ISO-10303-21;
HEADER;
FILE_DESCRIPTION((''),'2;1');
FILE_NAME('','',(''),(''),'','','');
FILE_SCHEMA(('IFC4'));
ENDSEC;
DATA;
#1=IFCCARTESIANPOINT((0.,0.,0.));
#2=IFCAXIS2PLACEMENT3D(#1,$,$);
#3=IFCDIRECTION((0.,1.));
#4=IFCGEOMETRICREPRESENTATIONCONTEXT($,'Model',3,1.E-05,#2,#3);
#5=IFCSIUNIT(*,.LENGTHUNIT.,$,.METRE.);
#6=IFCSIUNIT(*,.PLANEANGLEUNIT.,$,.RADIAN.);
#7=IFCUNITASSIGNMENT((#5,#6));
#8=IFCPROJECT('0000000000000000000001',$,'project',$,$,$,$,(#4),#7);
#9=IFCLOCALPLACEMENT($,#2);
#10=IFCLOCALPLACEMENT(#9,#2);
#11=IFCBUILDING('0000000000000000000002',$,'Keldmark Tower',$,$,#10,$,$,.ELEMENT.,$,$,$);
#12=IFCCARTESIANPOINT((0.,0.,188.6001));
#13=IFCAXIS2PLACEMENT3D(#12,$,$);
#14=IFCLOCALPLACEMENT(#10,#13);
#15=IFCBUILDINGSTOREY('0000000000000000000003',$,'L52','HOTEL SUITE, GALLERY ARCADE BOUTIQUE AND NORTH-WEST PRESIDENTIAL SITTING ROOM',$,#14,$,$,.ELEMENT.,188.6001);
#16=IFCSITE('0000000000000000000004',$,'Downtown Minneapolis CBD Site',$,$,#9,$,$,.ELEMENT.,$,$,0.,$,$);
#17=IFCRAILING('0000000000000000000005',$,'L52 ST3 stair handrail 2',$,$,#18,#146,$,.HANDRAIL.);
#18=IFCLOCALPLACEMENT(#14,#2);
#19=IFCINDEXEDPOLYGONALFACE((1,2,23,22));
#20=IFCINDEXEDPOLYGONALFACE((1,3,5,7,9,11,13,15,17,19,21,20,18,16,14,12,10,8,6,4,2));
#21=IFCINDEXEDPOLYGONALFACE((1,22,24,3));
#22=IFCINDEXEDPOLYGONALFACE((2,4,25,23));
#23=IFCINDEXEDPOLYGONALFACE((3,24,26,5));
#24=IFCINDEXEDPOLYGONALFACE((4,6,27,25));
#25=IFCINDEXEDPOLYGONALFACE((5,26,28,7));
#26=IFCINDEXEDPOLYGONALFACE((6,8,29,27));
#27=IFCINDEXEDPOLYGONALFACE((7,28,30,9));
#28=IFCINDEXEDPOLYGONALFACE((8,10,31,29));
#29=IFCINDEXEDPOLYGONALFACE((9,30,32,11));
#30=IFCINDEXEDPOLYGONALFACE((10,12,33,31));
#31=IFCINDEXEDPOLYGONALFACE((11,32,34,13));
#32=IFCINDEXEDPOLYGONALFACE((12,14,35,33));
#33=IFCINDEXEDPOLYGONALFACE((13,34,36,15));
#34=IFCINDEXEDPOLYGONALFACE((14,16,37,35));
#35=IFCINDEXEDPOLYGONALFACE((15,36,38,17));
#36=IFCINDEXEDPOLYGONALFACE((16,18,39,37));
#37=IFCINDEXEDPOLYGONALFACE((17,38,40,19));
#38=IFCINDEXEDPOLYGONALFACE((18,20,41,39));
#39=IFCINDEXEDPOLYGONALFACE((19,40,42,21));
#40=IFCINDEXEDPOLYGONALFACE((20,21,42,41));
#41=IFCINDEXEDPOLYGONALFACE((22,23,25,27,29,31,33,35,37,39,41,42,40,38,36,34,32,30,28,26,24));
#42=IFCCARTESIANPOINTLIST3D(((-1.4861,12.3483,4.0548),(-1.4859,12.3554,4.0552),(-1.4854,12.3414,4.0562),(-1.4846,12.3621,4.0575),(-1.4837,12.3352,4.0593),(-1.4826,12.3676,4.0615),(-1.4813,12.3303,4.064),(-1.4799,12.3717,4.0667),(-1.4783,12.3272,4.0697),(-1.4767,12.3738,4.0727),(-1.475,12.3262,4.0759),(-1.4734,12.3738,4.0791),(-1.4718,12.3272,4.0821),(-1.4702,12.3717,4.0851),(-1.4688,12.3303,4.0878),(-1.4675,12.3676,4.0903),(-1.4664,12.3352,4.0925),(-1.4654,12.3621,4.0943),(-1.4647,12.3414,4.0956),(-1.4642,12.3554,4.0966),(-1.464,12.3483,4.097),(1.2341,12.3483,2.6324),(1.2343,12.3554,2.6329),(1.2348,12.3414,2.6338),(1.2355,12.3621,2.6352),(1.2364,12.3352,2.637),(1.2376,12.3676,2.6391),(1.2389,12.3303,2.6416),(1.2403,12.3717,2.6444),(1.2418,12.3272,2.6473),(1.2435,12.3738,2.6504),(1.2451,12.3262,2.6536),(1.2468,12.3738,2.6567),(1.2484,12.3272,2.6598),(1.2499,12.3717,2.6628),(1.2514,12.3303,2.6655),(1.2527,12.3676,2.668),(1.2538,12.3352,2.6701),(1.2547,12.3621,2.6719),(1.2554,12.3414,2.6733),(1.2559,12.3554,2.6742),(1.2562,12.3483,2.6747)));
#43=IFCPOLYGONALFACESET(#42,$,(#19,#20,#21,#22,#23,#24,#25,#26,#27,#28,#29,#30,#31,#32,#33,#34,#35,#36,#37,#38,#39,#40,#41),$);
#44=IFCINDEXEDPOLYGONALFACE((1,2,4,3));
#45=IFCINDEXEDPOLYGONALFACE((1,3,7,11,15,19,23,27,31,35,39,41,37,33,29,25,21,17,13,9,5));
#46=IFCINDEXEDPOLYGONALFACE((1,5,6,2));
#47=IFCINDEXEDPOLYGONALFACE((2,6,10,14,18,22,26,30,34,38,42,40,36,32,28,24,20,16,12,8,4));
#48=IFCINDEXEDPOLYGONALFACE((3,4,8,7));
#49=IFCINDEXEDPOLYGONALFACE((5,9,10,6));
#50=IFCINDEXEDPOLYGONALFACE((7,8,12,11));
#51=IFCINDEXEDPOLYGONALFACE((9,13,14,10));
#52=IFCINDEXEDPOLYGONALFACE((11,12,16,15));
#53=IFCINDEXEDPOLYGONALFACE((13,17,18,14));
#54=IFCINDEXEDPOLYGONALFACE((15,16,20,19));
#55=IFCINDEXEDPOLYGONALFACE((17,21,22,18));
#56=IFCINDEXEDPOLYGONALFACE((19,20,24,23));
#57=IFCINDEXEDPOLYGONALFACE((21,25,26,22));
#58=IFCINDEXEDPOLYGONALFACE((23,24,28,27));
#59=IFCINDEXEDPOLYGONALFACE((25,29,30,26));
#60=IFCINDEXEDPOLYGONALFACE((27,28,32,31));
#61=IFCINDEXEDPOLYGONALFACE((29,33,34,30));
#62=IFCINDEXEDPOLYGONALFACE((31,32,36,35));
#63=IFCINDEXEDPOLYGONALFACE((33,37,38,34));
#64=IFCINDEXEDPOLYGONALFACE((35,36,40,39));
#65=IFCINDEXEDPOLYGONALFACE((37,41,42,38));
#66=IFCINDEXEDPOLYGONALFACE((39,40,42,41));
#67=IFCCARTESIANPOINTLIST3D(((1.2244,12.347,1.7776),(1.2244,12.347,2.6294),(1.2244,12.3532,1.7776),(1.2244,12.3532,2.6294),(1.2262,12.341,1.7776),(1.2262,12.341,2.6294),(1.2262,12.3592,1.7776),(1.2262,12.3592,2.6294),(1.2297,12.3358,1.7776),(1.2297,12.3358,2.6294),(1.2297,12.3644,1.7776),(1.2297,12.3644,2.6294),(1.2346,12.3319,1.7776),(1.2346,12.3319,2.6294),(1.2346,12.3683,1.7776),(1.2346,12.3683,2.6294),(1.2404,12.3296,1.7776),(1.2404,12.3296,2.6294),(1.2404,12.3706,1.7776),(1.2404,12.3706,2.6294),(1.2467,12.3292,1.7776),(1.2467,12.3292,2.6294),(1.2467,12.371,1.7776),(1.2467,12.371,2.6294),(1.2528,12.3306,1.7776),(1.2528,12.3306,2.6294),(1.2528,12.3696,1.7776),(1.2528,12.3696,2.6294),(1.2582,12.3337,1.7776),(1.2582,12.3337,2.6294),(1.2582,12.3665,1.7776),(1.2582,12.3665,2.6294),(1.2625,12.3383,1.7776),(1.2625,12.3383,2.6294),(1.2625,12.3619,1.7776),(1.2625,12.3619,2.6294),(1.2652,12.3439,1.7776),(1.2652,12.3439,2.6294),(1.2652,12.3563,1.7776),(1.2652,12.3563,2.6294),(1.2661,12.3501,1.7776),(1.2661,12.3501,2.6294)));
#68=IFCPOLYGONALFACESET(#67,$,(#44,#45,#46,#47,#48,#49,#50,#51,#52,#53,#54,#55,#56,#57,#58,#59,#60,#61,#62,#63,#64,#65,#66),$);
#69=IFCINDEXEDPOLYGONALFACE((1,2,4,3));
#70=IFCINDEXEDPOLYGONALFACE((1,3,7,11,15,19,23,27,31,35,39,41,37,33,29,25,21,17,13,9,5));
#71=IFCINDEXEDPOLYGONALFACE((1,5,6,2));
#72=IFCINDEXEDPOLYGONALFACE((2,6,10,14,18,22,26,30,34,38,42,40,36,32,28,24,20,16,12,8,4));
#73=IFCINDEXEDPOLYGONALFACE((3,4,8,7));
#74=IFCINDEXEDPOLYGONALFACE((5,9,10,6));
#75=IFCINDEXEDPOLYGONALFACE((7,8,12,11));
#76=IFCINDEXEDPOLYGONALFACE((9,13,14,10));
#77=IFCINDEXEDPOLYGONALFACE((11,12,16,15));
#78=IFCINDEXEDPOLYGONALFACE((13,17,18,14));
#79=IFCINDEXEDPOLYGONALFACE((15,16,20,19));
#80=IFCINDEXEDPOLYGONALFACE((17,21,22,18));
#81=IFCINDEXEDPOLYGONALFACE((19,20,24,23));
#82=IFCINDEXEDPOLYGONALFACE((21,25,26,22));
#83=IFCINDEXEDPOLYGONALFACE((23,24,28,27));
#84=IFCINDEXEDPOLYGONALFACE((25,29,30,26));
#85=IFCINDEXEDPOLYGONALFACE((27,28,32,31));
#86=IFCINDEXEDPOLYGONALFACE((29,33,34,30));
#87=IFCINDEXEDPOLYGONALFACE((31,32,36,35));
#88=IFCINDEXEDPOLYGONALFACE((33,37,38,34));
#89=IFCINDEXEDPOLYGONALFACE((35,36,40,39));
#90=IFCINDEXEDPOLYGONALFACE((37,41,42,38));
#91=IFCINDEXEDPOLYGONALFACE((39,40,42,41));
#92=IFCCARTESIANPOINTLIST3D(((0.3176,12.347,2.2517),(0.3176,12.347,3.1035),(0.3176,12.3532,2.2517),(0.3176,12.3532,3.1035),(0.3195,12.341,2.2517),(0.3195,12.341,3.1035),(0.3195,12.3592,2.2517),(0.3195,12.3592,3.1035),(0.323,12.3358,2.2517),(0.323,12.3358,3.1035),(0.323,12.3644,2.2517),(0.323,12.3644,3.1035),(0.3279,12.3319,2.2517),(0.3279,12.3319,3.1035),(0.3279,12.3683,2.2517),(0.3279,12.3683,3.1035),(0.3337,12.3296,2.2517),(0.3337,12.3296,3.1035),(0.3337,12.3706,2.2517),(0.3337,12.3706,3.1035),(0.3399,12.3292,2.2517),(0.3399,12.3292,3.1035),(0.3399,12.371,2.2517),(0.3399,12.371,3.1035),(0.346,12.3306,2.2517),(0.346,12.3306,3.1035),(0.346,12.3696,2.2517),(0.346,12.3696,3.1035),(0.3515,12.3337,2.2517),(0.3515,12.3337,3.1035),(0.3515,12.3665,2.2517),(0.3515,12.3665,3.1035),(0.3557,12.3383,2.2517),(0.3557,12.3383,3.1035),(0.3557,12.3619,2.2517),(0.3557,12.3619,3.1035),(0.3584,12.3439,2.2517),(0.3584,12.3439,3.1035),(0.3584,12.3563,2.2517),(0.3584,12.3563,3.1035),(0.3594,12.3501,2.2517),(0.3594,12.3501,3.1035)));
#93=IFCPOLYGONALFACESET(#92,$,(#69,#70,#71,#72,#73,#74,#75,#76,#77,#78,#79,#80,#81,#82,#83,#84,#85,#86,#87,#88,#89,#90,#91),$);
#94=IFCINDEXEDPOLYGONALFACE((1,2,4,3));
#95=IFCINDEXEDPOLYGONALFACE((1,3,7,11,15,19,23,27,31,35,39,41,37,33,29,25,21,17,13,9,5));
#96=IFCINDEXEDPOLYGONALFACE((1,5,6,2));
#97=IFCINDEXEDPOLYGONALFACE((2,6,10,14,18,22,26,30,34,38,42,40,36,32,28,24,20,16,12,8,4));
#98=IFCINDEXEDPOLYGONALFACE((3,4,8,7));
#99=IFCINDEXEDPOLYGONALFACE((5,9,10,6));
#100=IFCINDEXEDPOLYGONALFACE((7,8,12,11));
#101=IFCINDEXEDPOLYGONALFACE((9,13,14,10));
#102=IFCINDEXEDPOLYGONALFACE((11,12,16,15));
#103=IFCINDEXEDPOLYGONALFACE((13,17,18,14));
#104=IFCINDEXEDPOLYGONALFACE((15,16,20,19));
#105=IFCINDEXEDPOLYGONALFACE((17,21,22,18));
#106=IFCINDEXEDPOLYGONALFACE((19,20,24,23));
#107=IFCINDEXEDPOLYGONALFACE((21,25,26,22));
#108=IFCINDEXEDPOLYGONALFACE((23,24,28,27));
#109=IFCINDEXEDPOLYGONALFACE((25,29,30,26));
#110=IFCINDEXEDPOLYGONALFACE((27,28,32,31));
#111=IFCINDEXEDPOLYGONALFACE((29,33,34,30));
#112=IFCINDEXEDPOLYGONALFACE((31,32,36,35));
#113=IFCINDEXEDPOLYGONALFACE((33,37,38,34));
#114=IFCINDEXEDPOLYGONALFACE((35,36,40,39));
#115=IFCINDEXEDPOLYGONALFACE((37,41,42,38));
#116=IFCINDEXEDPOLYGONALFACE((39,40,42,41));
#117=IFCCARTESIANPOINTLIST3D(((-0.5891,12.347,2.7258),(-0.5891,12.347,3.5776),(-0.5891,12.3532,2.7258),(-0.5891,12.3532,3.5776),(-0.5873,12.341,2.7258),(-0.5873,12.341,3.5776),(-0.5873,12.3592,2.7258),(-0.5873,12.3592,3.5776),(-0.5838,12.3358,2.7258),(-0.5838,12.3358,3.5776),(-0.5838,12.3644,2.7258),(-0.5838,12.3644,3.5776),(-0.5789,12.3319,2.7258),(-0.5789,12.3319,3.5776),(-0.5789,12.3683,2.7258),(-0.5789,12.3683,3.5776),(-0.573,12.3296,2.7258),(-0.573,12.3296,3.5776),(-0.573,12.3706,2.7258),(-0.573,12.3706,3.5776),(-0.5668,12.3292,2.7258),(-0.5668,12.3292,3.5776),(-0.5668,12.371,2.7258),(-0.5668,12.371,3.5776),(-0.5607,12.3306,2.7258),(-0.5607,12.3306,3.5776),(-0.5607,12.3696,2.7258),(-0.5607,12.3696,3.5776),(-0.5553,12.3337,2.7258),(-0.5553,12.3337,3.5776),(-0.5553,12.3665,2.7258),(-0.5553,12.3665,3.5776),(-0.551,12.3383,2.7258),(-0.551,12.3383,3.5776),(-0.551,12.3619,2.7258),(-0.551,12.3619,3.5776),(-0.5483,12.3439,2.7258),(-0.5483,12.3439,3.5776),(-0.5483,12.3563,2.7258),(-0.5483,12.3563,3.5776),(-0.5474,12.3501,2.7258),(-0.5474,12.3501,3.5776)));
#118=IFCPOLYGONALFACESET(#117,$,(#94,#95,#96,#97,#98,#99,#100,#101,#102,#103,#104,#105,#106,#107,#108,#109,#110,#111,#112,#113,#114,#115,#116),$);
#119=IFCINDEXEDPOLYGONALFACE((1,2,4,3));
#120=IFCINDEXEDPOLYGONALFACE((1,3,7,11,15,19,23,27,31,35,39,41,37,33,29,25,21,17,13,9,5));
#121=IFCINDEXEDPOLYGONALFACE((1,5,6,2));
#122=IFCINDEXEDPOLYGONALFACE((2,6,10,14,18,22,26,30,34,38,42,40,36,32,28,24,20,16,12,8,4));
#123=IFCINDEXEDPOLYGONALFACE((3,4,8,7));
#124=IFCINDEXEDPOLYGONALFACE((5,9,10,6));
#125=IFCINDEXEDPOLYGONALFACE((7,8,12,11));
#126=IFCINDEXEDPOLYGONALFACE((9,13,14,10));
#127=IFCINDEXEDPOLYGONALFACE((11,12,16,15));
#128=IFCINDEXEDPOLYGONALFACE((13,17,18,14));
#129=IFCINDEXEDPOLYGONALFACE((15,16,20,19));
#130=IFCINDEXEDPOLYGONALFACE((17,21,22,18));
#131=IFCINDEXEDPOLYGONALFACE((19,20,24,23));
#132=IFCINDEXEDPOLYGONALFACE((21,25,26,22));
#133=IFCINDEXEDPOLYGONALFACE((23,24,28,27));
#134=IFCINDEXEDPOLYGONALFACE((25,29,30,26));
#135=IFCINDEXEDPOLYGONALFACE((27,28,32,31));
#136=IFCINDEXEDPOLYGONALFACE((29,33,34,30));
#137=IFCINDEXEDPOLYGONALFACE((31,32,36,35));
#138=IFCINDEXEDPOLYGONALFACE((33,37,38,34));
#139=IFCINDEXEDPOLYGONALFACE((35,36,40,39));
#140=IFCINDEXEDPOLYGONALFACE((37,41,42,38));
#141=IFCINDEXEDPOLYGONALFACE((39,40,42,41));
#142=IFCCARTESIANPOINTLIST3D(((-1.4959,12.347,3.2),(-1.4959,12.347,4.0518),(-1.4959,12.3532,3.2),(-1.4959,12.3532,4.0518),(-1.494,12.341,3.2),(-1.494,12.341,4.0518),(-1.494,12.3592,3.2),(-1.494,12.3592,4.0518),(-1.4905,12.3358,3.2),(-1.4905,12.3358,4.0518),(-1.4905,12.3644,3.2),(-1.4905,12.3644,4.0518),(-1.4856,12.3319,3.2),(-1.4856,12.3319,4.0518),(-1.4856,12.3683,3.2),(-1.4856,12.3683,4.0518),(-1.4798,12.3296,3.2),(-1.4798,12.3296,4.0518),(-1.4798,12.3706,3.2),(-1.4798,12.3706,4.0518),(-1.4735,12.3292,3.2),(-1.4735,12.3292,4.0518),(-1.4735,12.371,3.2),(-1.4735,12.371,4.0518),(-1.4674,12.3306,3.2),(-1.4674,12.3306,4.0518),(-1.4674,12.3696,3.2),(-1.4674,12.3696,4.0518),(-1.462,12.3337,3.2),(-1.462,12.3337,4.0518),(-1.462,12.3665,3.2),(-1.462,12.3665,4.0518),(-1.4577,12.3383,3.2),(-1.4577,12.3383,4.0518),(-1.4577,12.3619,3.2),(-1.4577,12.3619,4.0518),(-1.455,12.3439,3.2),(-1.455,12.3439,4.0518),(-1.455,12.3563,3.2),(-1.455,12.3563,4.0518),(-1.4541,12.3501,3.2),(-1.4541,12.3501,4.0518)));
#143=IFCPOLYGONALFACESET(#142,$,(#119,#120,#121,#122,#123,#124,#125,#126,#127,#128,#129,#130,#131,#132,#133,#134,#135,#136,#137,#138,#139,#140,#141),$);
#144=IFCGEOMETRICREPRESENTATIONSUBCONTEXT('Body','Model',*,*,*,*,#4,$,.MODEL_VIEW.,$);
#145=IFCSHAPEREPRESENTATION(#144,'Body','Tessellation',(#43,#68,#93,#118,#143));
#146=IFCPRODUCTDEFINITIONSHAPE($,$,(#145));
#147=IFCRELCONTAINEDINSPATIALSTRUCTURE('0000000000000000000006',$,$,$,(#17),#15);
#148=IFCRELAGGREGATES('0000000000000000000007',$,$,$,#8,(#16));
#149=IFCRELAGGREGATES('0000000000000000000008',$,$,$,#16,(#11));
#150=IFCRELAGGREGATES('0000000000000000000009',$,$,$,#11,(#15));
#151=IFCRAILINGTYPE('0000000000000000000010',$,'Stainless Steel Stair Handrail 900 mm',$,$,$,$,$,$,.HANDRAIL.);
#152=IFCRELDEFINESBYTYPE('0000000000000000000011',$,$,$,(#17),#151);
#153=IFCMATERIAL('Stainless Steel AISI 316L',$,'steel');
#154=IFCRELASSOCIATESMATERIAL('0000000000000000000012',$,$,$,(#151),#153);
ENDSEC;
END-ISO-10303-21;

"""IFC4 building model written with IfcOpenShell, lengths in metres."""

from ifc_helpers import new_model, si_unit, direction, frame, origin, origin_2d, place, context, subcontext, project, spatial, circle, extrude, material, type_object, element, save


model = new_model("IFC4")

# Units and contexts
model_context = context("Model", 3, precision=1e-05, world=origin(), true_north=direction((0.0, 1.0)))
body_context = subcontext(model_context, "Body", "Model", "MODEL_VIEW")
ifc_project = project(units=[si_unit("LENGTHUNIT", "METRE"), si_unit("PLANEANGLEUNIT", "RADIAN")], contexts=[model_context])

# Site, building, storey
site_placement = place(None, origin())
site = spatial("IfcSite", under=ifc_project, at=site_placement, Name="Downtown Minneapolis CBD Site", CompositionType="ELEMENT", RefElevation=0.0)
building_placement = place(site_placement, origin())
building = spatial("IfcBuilding", under=site, at=building_placement, Name="Keldmark Tower", CompositionType="ELEMENT")
storey_placement = place(building_placement, frame((0.0, 0.0, 188.6001)))
storey = spatial("IfcBuildingStorey", under=building, at=storey_placement, Name="L52", Description="HOTEL SUITE, GALLERY ARCADE BOUTIQUE AND NORTH-WEST PRESIDENTIAL SITTING ROOM", CompositionType="ELEMENT", Elevation=188.6001)

# Railing
ifc_material_1 = material(Name="Stainless Steel AISI 316L", Category="steel")
railing_type_1 = type_object("IfcRailingType", Name="Stainless Steel Stair Handrail 900 mm", PredefinedType="HANDRAIL", material=ifc_material_1)
railing_1_placement = place(storey_placement, frame((1.2451, 12.3501, 1.7776)))
element("IfcRailing", 1, at=railing_1_placement, inside=storey, type_object=railing_type_1, Name="L52 ST3 stair handrail 2", PredefinedType="HANDRAIL", context=body_context, shape_type="SweptSolid", body=[
    extrude(circle(Radius=0.0239, at=origin_2d()), frame((0.0, 0.0, 0.876), z_axis=(-0.886168, 0.0, 0.463365), x_axis=(0.0, -1.0, 0.0)), (0.0, 0.0, 1.0), 3.0696),
    extrude(circle(Radius=0.021, at=origin_2d()), origin(), (0.0, 0.0, 1.0), 0.8518),
    extrude(circle(Radius=0.021, at=origin_2d()), frame((-0.9067, 0.0, 0.4741)), (0.0, 0.0, 1.0), 0.8518),
    extrude(circle(Radius=0.021, at=origin_2d()), frame((-1.8135, 0.0, 0.9482)), (0.0, 0.0, 1.0), 0.8518),
    extrude(circle(Radius=0.021, at=origin_2d()), frame((-2.7202, 0.0, 1.4224)), (0.0, 0.0, 1.0), 0.8518),
])

save(model, "model.ifc")
